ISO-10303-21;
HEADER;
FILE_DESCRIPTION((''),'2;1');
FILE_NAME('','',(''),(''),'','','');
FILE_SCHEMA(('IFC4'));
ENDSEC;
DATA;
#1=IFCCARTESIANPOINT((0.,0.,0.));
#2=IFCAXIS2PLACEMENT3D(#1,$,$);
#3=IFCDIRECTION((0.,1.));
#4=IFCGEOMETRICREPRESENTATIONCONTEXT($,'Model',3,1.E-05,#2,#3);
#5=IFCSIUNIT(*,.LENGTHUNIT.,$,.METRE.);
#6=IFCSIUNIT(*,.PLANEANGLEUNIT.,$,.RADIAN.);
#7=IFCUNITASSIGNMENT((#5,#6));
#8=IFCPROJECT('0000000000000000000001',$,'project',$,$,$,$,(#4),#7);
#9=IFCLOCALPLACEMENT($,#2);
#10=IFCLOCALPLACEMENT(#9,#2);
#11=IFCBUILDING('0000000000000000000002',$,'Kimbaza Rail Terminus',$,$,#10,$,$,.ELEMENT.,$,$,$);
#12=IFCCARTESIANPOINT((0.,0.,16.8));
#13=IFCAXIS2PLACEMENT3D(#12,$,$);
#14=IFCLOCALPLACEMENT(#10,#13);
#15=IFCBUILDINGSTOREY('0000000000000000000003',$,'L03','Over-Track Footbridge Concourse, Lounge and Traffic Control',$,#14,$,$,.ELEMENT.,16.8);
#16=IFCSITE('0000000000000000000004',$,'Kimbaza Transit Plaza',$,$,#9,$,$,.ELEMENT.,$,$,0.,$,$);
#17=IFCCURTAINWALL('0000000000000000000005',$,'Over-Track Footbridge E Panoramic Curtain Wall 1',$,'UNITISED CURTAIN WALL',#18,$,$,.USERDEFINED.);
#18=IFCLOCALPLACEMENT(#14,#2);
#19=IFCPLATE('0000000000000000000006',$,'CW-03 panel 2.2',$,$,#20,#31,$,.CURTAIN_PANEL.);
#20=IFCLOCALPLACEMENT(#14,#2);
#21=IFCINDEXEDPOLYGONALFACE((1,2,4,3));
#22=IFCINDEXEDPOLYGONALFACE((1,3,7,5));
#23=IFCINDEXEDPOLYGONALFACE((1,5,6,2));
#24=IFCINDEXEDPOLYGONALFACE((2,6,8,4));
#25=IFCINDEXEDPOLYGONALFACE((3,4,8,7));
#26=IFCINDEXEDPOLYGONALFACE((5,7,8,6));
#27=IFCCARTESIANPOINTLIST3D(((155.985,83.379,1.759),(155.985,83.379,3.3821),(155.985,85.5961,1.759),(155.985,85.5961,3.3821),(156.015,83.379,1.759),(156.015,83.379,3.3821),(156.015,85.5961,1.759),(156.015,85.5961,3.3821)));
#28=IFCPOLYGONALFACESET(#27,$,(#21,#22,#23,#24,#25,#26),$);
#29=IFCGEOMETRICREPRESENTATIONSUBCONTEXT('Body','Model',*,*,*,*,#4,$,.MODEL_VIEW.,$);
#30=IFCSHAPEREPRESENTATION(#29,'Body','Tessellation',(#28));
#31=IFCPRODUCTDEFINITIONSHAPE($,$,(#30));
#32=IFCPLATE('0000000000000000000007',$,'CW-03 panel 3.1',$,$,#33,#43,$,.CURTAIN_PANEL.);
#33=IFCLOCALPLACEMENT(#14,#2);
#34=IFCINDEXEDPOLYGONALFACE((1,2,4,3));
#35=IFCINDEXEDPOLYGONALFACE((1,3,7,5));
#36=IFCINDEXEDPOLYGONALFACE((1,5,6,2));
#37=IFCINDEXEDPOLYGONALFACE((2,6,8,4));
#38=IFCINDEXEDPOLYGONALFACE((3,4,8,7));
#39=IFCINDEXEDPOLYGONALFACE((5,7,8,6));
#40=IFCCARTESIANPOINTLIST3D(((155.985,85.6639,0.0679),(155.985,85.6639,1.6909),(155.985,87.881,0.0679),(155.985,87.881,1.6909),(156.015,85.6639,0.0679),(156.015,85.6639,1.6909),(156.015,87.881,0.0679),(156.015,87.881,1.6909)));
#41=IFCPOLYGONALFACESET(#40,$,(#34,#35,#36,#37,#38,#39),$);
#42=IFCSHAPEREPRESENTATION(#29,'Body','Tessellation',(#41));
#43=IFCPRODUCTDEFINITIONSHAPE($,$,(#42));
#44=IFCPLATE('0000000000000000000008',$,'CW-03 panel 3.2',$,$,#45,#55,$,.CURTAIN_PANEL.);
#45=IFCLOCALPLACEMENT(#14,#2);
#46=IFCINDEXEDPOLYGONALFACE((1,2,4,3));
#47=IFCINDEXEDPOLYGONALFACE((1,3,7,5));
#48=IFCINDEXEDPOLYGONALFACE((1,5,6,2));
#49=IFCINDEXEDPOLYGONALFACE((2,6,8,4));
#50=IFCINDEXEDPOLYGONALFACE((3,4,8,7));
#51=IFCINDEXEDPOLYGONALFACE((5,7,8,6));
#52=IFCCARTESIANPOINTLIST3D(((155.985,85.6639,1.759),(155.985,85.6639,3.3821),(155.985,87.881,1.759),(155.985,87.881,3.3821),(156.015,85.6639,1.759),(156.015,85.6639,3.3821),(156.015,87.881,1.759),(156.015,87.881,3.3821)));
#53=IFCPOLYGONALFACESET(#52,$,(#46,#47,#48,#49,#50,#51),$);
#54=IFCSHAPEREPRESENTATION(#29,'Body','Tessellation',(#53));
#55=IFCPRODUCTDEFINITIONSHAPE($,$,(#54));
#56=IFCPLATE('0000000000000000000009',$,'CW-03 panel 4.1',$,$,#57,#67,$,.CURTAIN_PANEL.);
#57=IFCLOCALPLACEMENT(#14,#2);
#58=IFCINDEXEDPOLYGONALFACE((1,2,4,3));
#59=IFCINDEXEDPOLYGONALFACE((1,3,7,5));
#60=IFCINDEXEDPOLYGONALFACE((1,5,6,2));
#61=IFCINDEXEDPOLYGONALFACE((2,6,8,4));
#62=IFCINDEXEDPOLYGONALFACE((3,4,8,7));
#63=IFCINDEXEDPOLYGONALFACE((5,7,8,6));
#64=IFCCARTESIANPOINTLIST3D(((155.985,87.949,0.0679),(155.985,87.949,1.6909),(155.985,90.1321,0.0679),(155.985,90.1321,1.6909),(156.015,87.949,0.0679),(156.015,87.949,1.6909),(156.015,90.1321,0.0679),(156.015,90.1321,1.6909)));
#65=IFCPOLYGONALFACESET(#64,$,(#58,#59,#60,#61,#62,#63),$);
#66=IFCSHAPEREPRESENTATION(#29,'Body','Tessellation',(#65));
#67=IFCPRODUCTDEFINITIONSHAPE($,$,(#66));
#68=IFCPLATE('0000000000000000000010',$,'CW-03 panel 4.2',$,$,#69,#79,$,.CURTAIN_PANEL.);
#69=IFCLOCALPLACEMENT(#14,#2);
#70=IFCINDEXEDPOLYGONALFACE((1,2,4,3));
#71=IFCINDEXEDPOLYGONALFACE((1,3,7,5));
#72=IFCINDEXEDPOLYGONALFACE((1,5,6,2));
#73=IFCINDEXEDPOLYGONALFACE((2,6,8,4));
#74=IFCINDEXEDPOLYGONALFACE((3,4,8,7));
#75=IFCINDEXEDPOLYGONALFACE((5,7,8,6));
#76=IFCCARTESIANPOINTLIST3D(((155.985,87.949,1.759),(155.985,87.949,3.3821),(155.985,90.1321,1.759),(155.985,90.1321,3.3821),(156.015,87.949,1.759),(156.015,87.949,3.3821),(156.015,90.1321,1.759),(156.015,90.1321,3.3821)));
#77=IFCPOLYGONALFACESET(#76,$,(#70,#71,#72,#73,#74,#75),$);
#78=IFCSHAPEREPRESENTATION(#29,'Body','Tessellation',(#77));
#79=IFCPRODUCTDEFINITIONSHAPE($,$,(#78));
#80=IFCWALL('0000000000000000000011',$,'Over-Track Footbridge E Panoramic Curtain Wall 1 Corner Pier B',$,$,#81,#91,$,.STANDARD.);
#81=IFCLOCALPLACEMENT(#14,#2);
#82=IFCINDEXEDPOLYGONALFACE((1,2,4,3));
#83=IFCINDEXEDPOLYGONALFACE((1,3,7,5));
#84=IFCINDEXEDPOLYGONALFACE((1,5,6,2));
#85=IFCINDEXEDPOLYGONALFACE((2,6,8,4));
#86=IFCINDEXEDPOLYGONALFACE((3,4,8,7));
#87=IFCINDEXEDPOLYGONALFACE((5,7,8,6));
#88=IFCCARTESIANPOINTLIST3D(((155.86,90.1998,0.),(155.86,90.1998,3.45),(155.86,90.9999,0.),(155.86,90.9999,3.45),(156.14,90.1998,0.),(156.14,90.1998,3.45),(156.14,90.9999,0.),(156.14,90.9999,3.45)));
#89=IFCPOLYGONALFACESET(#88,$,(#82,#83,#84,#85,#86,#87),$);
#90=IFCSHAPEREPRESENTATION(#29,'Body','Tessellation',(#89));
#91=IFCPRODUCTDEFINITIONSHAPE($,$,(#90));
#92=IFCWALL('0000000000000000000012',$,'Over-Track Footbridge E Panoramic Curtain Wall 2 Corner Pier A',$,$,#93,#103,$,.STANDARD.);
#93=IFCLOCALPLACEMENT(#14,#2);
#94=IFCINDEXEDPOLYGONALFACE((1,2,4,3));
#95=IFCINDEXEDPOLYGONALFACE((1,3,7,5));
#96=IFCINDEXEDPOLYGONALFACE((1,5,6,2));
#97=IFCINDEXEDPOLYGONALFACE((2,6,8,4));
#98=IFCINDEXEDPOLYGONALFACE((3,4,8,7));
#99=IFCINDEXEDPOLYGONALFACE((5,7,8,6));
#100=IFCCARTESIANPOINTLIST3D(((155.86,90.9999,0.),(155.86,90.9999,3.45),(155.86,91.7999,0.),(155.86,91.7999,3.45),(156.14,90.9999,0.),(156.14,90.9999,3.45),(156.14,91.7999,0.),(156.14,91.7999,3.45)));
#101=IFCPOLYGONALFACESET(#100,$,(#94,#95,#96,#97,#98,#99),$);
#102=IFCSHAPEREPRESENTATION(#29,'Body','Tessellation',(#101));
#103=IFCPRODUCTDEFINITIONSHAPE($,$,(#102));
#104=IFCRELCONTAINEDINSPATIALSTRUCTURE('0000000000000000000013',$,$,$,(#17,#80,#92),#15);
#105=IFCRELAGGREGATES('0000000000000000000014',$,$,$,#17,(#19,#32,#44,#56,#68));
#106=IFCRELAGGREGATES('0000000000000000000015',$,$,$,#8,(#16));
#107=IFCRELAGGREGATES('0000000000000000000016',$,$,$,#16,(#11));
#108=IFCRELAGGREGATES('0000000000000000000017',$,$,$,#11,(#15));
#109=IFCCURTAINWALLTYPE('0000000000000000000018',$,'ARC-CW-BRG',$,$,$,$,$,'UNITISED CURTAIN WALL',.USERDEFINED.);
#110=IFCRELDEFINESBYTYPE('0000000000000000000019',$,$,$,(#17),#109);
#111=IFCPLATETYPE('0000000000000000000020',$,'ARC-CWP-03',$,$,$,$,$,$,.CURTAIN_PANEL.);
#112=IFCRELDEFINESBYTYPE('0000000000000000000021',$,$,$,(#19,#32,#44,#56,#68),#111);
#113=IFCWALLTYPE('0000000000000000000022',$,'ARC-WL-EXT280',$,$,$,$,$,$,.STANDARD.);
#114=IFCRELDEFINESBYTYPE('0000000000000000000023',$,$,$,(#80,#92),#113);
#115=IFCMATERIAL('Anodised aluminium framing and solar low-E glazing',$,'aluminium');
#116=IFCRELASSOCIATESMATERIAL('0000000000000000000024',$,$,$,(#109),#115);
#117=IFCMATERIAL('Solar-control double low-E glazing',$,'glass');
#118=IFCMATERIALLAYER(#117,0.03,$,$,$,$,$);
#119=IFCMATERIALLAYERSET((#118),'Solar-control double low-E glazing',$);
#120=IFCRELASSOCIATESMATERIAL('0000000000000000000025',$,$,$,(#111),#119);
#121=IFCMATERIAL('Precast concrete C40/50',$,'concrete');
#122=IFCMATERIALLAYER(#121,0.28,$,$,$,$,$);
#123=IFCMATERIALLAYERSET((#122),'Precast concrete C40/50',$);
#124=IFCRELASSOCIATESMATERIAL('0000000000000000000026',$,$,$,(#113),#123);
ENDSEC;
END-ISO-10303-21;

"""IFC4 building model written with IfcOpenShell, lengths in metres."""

from ifc_helpers import new_model, si_unit, direction, frame, frame_2d, origin, origin_2d, place, context, subcontext, project, spatial, rectangle, extrude, material, layer, layer_set, type_object, element, aggregate, save


model = new_model("IFC4")

# Units and contexts
model_context = context("Model", 3, precision=1e-05, world=origin(), true_north=direction((0.0, 1.0)))
body_context = subcontext(model_context, "Body", "Model", "MODEL_VIEW")
ifc_project = project(units=[si_unit("LENGTHUNIT", "METRE"), si_unit("PLANEANGLEUNIT", "RADIAN")], contexts=[model_context])

# Site, building, storey
site_placement = place(None, origin())
site = spatial("IfcSite", under=ifc_project, at=site_placement, Name="Kimbaza Transit Plaza", CompositionType="ELEMENT", RefElevation=0.0)
building_placement = place(site_placement, origin())
building = spatial("IfcBuilding", under=site, at=building_placement, Name="Kimbaza Rail Terminus", CompositionType="ELEMENT")
storey_placement = place(building_placement, frame((0.0, 0.0, 16.8)))
storey = spatial("IfcBuildingStorey", under=building, at=storey_placement, Name="L03", Description="Over-Track Footbridge Concourse, Lounge and Traffic Control", CompositionType="ELEMENT", Elevation=16.8)

# Curtain wall
ifc_material_1 = material(Name="Anodised aluminium framing and solar low-E glazing", Category="aluminium")
curtain_wall_type = type_object("IfcCurtainWallType", Name="ARC-CW-BRG", ElementType="UNITISED CURTAIN WALL", PredefinedType="USERDEFINED", material=ifc_material_1)
curtain_wall_1_placement = place(storey_placement, origin())
curtain_wall_1 = element("IfcCurtainWall", 1, at=curtain_wall_1_placement, inside=storey, type_object=curtain_wall_type, Name="Over-Track Footbridge E Panoramic Curtain Wall 1", ObjectType="UNITISED CURTAIN WALL", PredefinedType="USERDEFINED")

# Plates
ifc_material_2 = material(Name="Solar-control double low-E glazing", Category="glass")
ifc_layer_1 = layer(ifc_material_2, 0.03)
ifc_layer_set_1 = layer_set([ifc_layer_1], Name="Solar-control double low-E glazing")
plate_type = type_object("IfcPlateType", Name="ARC-CWP-03", PredefinedType="CURTAIN_PANEL", material=ifc_layer_set_1)
plate_1_placement = place(storey_placement, frame((156.0, 84.4875, 1.759), z_axis=(0.0, 0.0, 1.0), x_axis=(0.0, 1.0, 0.0)))
plate_1 = element("IfcPlate", 2, at=plate_1_placement, type_object=plate_type, Name="CW-03 panel 2.2", PredefinedType="CURTAIN_PANEL", context=body_context, shape_type="SweptSolid", body=[
    extrude(rectangle(XDim=2.217, YDim=0.03, at=origin_2d()), origin(), (0.0, 0.0, 1.0), 1.623),
])
plate_2_placement = place(storey_placement, frame((156.0, 86.7725, 0.0679), z_axis=(0.0, 0.0, 1.0), x_axis=(0.0, 1.0, 0.0)))
plate_2 = element("IfcPlate", 3, at=plate_2_placement, type_object=plate_type, Name="CW-03 panel 3.1", PredefinedType="CURTAIN_PANEL", context=body_context, shape_type="SweptSolid", body=[
    extrude(rectangle(XDim=2.217, YDim=0.03, at=origin_2d()), origin(), (0.0, 0.0, 1.0), 1.623),
])
plate_3_placement = place(storey_placement, frame((156.0, 86.7725, 1.759), z_axis=(0.0, 0.0, 1.0), x_axis=(0.0, 1.0, 0.0)))
plate_3 = element("IfcPlate", 4, at=plate_3_placement, type_object=plate_type, Name="CW-03 panel 3.2", PredefinedType="CURTAIN_PANEL", context=body_context, shape_type="SweptSolid", body=[
    extrude(rectangle(XDim=2.217, YDim=0.03, at=origin_2d()), origin(), (0.0, 0.0, 1.0), 1.623),
])
plate_4_placement = place(storey_placement, frame((156.0, 89.0405, 0.0679), z_axis=(0.0, 0.0, 1.0), x_axis=(0.0, 1.0, 0.0)))
plate_4 = element("IfcPlate", 5, at=plate_4_placement, type_object=plate_type, Name="CW-03 panel 4.1", PredefinedType="CURTAIN_PANEL", context=body_context, shape_type="SweptSolid", body=[
    extrude(rectangle(XDim=2.1831, YDim=0.03, at=origin_2d()), origin(), (0.0, 0.0, 1.0), 1.623),
])
plate_5_placement = place(storey_placement, frame((156.0, 89.0405, 1.759), z_axis=(0.0, 0.0, 1.0), x_axis=(0.0, 1.0, 0.0)))
plate_5 = element("IfcPlate", 6, at=plate_5_placement, type_object=plate_type, Name="CW-03 panel 4.2", PredefinedType="CURTAIN_PANEL", context=body_context, shape_type="SweptSolid", body=[
    extrude(rectangle(XDim=2.1831, YDim=0.03, at=origin_2d()), origin(), (0.0, 0.0, 1.0), 1.623),
])
aggregate(curtain_wall_1, [plate_1, plate_2, plate_3, plate_4, plate_5])

# Walls
ifc_material_3 = material(Name="Precast concrete C40/50", Category="concrete")
ifc_layer_2 = layer(ifc_material_3, 0.28)
ifc_layer_set_2 = layer_set([ifc_layer_2], Name="Precast concrete C40/50")
wall_type = type_object("IfcWallType", Name="ARC-WL-EXT280", PredefinedType="STANDARD", material=ifc_layer_set_2)
for number, where, z_axis, x_axis, name in (
    (7, (156.0, 90.2, 0.0), (0.0, 0.0, 1.0), (0.0, 1.0, 0.0), "Over-Track Footbridge E Panoramic Curtain Wall 1 Corner Pier B"),
    (8, (156.0, 91.0, 0.0), (0.0, 0.0, 1.0), (0.0, 1.0, 0.0), "Over-Track Footbridge E Panoramic Curtain Wall 2 Corner Pier A"),
):
    element("IfcWall", number, at=place(storey_placement, frame(where, z_axis=z_axis, x_axis=x_axis)), inside=storey, type_object=wall_type, Name=name, PredefinedType="STANDARD", context=body_context, shape_type="SweptSolid", body=[
        extrude(rectangle(XDim=0.8, YDim=0.28, at=frame_2d((0.3999, 0.0))), origin(), (0.0, 0.0, 1.0), 3.45),
    ])

save(model, "model.ifc")
